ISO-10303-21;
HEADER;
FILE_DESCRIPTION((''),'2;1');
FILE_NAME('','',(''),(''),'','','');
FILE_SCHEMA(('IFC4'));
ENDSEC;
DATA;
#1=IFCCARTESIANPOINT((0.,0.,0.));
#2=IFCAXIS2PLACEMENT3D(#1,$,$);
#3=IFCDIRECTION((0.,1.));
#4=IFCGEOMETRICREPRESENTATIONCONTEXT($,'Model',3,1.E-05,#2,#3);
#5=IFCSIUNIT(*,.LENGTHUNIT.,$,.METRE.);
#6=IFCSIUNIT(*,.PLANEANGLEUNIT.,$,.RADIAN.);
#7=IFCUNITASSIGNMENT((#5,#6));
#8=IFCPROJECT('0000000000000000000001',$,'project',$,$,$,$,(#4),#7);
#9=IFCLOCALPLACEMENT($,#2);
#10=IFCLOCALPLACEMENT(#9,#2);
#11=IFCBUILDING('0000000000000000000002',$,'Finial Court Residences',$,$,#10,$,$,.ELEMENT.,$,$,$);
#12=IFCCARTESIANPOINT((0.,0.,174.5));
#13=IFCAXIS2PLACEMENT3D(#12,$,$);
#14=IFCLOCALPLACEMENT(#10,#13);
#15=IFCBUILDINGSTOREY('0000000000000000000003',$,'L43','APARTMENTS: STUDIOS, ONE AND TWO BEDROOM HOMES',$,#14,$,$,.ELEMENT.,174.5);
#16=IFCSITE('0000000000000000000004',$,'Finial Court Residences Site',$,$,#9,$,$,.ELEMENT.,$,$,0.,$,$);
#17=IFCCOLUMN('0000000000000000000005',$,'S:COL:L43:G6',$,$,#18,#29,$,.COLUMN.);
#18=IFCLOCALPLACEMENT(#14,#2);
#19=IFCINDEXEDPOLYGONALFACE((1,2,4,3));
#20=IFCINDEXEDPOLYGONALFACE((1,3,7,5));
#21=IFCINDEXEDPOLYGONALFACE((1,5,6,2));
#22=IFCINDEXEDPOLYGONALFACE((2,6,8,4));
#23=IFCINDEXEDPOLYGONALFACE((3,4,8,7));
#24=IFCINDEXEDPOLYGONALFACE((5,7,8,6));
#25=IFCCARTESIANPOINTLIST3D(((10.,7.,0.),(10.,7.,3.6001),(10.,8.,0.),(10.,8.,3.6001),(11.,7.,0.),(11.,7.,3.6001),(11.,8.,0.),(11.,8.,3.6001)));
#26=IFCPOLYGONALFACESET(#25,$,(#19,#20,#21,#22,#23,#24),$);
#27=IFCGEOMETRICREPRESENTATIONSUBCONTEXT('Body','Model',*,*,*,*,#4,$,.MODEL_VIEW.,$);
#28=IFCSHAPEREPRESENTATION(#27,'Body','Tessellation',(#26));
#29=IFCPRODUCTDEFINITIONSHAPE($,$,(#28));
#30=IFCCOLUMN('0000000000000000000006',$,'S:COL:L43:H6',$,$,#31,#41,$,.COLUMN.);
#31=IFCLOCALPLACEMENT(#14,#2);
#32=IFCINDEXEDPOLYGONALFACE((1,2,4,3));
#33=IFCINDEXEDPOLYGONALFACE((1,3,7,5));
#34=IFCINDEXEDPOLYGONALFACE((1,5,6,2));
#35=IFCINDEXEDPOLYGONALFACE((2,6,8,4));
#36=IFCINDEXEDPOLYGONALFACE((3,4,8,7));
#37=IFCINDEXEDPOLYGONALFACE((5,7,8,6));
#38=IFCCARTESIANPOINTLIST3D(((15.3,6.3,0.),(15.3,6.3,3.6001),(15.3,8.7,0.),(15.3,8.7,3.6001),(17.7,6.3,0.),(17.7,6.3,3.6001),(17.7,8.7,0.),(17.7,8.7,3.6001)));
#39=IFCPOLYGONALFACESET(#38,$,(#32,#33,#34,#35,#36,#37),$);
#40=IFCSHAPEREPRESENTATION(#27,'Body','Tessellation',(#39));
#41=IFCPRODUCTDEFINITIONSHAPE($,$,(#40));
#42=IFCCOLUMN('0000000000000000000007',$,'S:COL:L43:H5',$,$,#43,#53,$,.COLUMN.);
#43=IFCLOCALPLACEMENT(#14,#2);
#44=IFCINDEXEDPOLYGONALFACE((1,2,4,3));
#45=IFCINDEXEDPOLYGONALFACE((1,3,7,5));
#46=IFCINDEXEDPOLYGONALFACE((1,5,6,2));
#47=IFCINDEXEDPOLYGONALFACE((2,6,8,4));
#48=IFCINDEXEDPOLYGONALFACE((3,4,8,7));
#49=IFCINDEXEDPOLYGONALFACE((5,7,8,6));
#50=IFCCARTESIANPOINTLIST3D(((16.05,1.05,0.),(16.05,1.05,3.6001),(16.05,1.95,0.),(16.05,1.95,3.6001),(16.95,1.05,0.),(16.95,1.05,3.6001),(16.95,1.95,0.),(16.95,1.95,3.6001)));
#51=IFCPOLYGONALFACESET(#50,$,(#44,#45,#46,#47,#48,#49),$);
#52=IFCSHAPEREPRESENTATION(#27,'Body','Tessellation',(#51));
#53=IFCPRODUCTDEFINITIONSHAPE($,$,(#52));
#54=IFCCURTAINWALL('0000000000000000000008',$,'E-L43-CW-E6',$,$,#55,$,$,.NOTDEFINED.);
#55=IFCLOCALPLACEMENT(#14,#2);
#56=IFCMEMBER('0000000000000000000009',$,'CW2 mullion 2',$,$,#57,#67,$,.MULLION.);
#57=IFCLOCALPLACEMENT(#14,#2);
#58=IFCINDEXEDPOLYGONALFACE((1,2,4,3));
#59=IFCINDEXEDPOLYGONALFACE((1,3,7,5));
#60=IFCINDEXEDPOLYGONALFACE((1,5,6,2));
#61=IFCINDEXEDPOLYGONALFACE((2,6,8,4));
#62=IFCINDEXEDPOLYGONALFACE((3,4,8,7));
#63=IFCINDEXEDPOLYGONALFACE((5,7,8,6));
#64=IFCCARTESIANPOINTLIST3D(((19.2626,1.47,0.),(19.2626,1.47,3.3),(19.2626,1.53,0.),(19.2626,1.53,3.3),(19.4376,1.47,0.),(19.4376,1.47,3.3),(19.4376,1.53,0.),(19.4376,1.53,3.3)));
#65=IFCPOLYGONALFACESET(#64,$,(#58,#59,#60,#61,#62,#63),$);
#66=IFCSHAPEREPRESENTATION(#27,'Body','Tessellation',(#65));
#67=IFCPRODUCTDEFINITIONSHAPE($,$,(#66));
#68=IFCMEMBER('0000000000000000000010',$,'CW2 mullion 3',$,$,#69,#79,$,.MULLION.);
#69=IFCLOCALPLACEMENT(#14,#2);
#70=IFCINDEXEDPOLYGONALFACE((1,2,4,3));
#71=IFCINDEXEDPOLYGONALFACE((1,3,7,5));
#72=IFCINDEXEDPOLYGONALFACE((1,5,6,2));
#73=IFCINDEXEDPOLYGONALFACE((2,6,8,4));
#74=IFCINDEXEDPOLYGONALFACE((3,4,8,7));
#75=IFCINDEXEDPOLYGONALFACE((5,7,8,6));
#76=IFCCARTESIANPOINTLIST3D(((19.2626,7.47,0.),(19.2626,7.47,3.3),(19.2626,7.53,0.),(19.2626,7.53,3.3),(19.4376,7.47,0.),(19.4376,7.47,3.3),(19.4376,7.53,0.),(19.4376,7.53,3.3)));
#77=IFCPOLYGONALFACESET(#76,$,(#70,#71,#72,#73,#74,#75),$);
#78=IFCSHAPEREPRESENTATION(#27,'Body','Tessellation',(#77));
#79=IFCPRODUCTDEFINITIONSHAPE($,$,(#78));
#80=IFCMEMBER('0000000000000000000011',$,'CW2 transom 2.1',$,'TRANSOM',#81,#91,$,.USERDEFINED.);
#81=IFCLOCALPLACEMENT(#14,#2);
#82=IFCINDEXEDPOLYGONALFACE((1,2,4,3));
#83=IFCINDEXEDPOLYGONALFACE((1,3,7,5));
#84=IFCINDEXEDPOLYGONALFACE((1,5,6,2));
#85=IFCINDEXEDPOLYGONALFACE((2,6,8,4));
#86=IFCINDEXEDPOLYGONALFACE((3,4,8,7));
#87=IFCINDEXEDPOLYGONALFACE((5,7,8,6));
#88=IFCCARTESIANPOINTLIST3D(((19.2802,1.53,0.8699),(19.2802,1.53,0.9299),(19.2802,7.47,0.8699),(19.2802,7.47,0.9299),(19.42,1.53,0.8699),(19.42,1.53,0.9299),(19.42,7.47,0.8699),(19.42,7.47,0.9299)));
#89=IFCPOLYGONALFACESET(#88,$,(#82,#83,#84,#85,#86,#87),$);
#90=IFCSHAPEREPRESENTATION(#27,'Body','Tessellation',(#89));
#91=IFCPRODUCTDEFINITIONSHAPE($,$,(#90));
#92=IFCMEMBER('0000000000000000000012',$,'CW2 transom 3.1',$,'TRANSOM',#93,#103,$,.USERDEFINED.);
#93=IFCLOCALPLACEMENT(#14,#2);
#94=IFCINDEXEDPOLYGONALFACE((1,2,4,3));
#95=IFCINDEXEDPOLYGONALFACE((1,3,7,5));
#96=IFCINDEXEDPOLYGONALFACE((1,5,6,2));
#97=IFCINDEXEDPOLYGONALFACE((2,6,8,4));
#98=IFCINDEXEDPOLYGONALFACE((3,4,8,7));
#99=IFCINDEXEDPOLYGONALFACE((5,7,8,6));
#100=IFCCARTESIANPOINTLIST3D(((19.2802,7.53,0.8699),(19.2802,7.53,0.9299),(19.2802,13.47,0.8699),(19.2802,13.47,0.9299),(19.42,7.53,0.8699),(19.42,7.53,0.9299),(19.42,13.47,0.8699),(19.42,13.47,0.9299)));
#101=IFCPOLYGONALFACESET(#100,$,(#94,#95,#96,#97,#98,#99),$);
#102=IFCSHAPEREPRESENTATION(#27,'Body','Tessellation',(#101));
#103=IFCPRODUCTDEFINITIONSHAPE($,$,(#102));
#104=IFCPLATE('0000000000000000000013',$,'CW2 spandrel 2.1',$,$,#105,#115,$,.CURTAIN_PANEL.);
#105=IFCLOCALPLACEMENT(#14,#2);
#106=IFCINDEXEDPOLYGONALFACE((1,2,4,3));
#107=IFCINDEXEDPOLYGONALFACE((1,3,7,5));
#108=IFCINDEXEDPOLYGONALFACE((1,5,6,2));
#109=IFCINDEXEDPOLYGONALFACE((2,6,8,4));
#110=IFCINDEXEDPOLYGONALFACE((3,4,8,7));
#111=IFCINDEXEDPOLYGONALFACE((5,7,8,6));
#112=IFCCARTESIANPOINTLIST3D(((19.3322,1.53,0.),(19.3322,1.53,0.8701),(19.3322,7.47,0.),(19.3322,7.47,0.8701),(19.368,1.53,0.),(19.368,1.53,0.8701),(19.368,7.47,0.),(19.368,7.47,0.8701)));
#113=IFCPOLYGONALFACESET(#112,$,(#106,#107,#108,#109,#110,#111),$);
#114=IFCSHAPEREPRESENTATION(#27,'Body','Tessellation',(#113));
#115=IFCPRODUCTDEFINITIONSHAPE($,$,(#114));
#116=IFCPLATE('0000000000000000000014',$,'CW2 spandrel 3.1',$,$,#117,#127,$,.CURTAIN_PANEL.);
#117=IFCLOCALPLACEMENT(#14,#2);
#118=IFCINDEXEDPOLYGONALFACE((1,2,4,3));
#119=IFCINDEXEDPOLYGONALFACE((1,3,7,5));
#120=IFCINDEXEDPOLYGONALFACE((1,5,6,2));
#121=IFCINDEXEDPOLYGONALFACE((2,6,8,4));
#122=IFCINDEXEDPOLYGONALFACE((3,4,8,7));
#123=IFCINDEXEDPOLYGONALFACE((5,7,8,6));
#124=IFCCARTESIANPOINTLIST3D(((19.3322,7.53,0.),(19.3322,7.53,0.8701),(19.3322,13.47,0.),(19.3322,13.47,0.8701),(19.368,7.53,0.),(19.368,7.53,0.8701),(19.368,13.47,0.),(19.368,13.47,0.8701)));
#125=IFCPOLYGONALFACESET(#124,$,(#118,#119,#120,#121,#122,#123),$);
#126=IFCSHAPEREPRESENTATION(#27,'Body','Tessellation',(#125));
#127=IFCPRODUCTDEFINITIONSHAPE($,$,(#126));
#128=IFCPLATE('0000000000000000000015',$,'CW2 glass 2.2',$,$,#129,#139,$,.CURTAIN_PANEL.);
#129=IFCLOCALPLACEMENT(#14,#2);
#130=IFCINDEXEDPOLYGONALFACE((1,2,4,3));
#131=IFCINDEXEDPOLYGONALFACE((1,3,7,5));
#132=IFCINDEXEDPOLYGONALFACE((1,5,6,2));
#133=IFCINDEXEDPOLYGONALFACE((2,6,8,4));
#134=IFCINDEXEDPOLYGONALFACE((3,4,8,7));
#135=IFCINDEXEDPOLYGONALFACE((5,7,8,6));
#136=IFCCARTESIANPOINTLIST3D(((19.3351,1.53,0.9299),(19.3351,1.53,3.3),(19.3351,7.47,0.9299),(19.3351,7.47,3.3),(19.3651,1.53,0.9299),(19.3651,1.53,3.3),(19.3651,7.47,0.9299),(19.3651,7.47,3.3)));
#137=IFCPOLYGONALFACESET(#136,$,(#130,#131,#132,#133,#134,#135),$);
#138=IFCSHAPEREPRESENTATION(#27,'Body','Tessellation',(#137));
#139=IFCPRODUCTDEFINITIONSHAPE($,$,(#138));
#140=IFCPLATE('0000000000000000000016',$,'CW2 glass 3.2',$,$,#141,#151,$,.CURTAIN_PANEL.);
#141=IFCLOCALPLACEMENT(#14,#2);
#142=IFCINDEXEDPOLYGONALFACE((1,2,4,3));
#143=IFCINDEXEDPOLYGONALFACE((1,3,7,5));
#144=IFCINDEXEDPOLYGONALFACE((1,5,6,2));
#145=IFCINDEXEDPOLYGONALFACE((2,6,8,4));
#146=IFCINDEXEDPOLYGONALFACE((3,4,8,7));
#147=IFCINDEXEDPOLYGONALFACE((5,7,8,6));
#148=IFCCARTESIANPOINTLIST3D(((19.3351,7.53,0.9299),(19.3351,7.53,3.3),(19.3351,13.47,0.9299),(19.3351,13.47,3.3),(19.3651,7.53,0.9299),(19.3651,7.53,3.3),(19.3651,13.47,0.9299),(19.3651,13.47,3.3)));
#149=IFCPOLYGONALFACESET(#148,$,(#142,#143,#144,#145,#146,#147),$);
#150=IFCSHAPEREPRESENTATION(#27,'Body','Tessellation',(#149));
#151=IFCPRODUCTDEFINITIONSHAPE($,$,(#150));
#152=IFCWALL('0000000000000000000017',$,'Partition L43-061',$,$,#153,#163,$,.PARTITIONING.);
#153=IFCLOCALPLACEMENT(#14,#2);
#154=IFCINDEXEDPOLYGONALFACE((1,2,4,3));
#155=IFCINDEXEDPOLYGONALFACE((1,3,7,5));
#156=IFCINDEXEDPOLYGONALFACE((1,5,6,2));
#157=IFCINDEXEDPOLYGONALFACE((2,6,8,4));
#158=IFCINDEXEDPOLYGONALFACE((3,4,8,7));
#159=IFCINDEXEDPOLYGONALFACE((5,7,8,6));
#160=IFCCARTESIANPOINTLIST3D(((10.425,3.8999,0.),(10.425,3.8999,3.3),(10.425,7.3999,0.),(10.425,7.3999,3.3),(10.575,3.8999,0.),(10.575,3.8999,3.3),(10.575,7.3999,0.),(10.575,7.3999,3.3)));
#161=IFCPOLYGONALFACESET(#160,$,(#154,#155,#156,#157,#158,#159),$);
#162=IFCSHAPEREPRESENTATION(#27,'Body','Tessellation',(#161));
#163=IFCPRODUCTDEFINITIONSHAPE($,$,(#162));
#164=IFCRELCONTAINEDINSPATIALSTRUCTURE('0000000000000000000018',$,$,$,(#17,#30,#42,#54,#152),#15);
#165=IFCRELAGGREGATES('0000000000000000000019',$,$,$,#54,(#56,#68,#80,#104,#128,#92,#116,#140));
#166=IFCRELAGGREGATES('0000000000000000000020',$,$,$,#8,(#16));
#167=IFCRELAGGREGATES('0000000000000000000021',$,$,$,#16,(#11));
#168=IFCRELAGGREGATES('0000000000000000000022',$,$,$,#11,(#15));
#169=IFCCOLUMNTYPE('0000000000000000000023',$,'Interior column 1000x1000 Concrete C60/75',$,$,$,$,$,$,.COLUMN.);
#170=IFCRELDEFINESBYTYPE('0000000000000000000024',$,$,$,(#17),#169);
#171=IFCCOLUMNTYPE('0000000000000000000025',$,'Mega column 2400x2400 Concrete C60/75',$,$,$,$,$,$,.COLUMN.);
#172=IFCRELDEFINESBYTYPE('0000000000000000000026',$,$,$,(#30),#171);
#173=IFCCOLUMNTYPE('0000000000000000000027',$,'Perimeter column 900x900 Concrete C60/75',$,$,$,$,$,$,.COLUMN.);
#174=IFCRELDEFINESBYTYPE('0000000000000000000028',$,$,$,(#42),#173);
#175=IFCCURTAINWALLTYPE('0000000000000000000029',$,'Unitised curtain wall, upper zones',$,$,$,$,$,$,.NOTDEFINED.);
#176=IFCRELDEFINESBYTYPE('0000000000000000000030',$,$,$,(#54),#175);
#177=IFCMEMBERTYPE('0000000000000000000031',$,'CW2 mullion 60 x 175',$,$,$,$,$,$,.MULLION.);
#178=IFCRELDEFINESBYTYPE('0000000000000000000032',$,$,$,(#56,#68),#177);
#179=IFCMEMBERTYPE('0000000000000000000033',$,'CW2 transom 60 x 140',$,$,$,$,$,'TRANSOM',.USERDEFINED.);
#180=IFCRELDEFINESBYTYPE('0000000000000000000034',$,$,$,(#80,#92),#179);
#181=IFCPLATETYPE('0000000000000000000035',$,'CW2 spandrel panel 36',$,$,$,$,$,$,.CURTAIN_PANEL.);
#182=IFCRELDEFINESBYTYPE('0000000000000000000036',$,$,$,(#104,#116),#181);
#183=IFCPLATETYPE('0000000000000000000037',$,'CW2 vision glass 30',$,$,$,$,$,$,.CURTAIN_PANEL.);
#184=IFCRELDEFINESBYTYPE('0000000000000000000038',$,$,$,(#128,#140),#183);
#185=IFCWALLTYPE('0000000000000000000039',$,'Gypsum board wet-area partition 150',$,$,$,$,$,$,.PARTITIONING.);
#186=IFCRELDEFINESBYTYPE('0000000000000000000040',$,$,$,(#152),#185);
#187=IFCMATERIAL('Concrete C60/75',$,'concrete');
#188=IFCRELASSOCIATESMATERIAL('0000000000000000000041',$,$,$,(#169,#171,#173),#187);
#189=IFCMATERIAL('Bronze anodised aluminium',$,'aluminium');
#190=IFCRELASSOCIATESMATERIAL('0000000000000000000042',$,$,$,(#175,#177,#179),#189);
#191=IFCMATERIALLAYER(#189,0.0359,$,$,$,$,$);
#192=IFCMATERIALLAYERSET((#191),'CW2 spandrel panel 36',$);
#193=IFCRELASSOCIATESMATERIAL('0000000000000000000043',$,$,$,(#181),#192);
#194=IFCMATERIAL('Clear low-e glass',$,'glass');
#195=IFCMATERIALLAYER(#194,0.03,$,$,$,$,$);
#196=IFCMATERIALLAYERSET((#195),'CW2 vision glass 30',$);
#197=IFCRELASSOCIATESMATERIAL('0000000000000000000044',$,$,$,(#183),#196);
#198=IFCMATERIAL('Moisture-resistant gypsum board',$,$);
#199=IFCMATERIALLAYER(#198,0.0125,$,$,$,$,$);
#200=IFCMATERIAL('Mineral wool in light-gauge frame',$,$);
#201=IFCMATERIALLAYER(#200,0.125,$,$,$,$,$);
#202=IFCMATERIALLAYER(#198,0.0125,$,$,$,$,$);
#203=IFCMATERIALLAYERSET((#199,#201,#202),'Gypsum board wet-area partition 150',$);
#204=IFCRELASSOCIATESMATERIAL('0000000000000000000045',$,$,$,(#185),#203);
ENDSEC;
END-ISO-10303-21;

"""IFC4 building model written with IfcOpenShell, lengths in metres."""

from ifc_helpers import new_model, si_unit, direction, frame, frame_2d, origin, origin_2d, place, context, subcontext, project, spatial, rectangle, extrude, material, layer, layer_set, material_profile, profile_set, type_object, element, aggregate, save


model = new_model("IFC4")

# Units and contexts
model_context = context("Model", 3, precision=1e-05, world=origin(), true_north=direction((0.0, 1.0)))
body_context = subcontext(model_context, "Body", "Model", "MODEL_VIEW")
ifc_project = project(units=[si_unit("LENGTHUNIT", "METRE"), si_unit("PLANEANGLEUNIT", "RADIAN")], contexts=[model_context])

# Site, building, storey
site_placement = place(None, origin())
site = spatial("IfcSite", under=ifc_project, at=site_placement, Name="Finial Court Residences Site", CompositionType="ELEMENT", RefElevation=0.0)
building_placement = place(site_placement, origin())
building = spatial("IfcBuilding", under=site, at=building_placement, Name="Finial Court Residences", CompositionType="ELEMENT")
storey_placement = place(building_placement, frame((0.0, 0.0, 174.5)))
storey = spatial("IfcBuildingStorey", under=building, at=storey_placement, Name="L43", Description="APARTMENTS: STUDIOS, ONE AND TWO BEDROOM HOMES", CompositionType="ELEMENT", Elevation=174.5)

# Columns
ifc_material_1 = material(Name="Concrete C60/75", Category="concrete")
ifc_material_profile_1 = material_profile(ifc_material_1, rectangle(XDim=1.0, YDim=1.0, at=origin_2d()), Name="1000x1000")
ifc_profile_set_1 = profile_set([ifc_material_profile_1], Name="Concrete C60/75")
column_type_1 = type_object("IfcColumnType", Name="Interior column 1000x1000 Concrete C60/75", PredefinedType="COLUMN", material=ifc_profile_set_1)
column_1_placement = place(storey_placement, frame((10.5, 7.5, 0.0), z_axis=(0.0, 0.0, 1.0), x_axis=(1.0, 0.0, 0.0)))
element("IfcColumn", 1, at=column_1_placement, inside=storey, type_object=column_type_1, Name="S:COL:L43:G6", PredefinedType="COLUMN", context=body_context, shape_type="SweptSolid", body=[
    extrude(rectangle(XDim=1.0, YDim=1.0, at=origin_2d()), origin(), (0.0, 0.0, 1.0), 3.6001),
])
ifc_material_profile_2 = material_profile(ifc_material_1, rectangle(XDim=2.3999, YDim=2.3999, at=origin_2d()), Name="2400x2400")
ifc_profile_set_2 = profile_set([ifc_material_profile_2], Name="Concrete C60/75")
column_type_2 = type_object("IfcColumnType", Name="Mega column 2400x2400 Concrete C60/75", PredefinedType="COLUMN", material=ifc_profile_set_2)
column_2_placement = place(storey_placement, frame((16.5, 7.5, 0.0), z_axis=(0.0, 0.0, 1.0), x_axis=(1.0, 0.0, 0.0)))
element("IfcColumn", 2, at=column_2_placement, inside=storey, type_object=column_type_2, Name="S:COL:L43:H6", PredefinedType="COLUMN", context=body_context, shape_type="SweptSolid", body=[
    extrude(rectangle(XDim=2.3999, YDim=2.3999, at=origin_2d()), origin(), (0.0, 0.0, 1.0), 3.6001),
])
ifc_material_profile_3 = material_profile(ifc_material_1, rectangle(XDim=0.8999, YDim=0.8999, at=origin_2d()), Name="900x900")
ifc_profile_set_3 = profile_set([ifc_material_profile_3], Name="Concrete C60/75")
column_type_3 = type_object("IfcColumnType", Name="Perimeter column 900x900 Concrete C60/75", PredefinedType="COLUMN", material=ifc_profile_set_3)
column_3_placement = place(storey_placement, frame((16.5, 1.5, 0.0), z_axis=(0.0, 0.0, 1.0), x_axis=(1.0, 0.0, 0.0)))
element("IfcColumn", 3, at=column_3_placement, inside=storey, type_object=column_type_3, Name="S:COL:L43:H5", PredefinedType="COLUMN", context=body_context, shape_type="SweptSolid", body=[
    extrude(rectangle(XDim=0.8999, YDim=0.8999, at=origin_2d()), origin(), (0.0, 0.0, 1.0), 3.6001),
])

# Curtain wall, members, plates
ifc_material_2 = material(Name="Bronze anodised aluminium", Category="aluminium")
curtain_wall_type = type_object("IfcCurtainWallType", Name="Unitised curtain wall, upper zones", PredefinedType="NOTDEFINED", material=ifc_material_2)
curtain_wall_placement = place(storey_placement, origin())
curtain_wall = element("IfcCurtainWall", 4, at=curtain_wall_placement, inside=storey, type_object=curtain_wall_type, Name="E-L43-CW-E6", PredefinedType="NOTDEFINED")
ifc_material_profile_4 = material_profile(ifc_material_2, rectangle(XDim=0.175, YDim=0.0601, at=origin_2d()), Name="CW2 mullion 60 x 175")
ifc_profile_set_4 = profile_set([ifc_material_profile_4], Name="Bronze anodised aluminium")
member_type_1 = type_object("IfcMemberType", Name="CW2 mullion 60 x 175", PredefinedType="MULLION", material=ifc_profile_set_4)
member_1_placement = place(storey_placement, frame((19.3501, 1.5, 0.0), z_axis=(0.0, 0.0, 1.0), x_axis=(-1.0, 0.0, 0.0)))
member_1 = element("IfcMember", 5, at=member_1_placement, type_object=member_type_1, Name="CW2 mullion 2", PredefinedType="MULLION", context=body_context, shape_type="SweptSolid", body=[
    extrude(rectangle(XDim=0.175, YDim=0.0601, at=origin_2d()), origin(), (0.0, 0.0, 1.0), 3.3),
])
member_2_placement = place(storey_placement, frame((19.3501, 7.5, 0.0), z_axis=(0.0, 0.0, 1.0), x_axis=(-1.0, 0.0, 0.0)))
member_2 = element("IfcMember", 6, at=member_2_placement, type_object=member_type_1, Name="CW2 mullion 3", PredefinedType="MULLION", context=body_context, shape_type="SweptSolid", body=[
    extrude(rectangle(XDim=0.175, YDim=0.0601, at=origin_2d()), origin(), (0.0, 0.0, 1.0), 3.3),
])
ifc_material_profile_5 = material_profile(ifc_material_2, rectangle(XDim=0.1399, YDim=0.0601, at=origin_2d()), Name="CW2 transom 60 x 140")
ifc_profile_set_5 = profile_set([ifc_material_profile_5], Name="Bronze anodised aluminium")
member_type_2 = type_object("IfcMemberType", Name="CW2 transom 60 x 140", ElementType="TRANSOM", PredefinedType="USERDEFINED", material=ifc_profile_set_5)
member_3_placement = place(storey_placement, frame((19.3501, 1.53, 0.8999), z_axis=(0.0, 1.0, 0.0), x_axis=(-1.0, 0.0, 0.0)))
member_3 = element("IfcMember", 7, at=member_3_placement, type_object=member_type_2, Name="CW2 transom 2.1", ObjectType="TRANSOM", PredefinedType="USERDEFINED", context=body_context, shape_type="SweptSolid", body=[
    extrude(rectangle(XDim=0.1399, YDim=0.0601, at=origin_2d()), origin(), (0.0, 0.0, 1.0), 5.9399),
])
member_4_placement = place(storey_placement, frame((19.3501, 7.53, 0.8999), z_axis=(0.0, 1.0, 0.0), x_axis=(-1.0, 0.0, 0.0)))
member_4 = element("IfcMember", 8, at=member_4_placement, type_object=member_type_2, Name="CW2 transom 3.1", ObjectType="TRANSOM", PredefinedType="USERDEFINED", context=body_context, shape_type="SweptSolid", body=[
    extrude(rectangle(XDim=0.1399, YDim=0.0601, at=origin_2d()), origin(), (0.0, 0.0, 1.0), 5.9399),
])
ifc_layer_1 = layer(ifc_material_2, 0.0359)
ifc_layer_set_1 = layer_set([ifc_layer_1], Name="CW2 spandrel panel 36")
plate_type_1 = type_object("IfcPlateType", Name="CW2 spandrel panel 36", PredefinedType="CURTAIN_PANEL", material=ifc_layer_set_1)
plate_1_placement = place(storey_placement, frame((19.3501, 4.5, 0.0), z_axis=(0.0, 0.0, 1.0), x_axis=(0.0, 1.0, 0.0)))
plate_1 = element("IfcPlate", 9, at=plate_1_placement, type_object=plate_type_1, Name="CW2 spandrel 2.1", PredefinedType="CURTAIN_PANEL", context=body_context, shape_type="SweptSolid", body=[
    extrude(rectangle(XDim=5.9399, YDim=0.0359, at=origin_2d()), origin(), (0.0, 0.0, 1.0), 0.8701),
])
plate_2_placement = place(storey_placement, frame((19.3501, 10.5, 0.0), z_axis=(0.0, 0.0, 1.0), x_axis=(0.0, 1.0, 0.0)))
plate_2 = element("IfcPlate", 10, at=plate_2_placement, type_object=plate_type_1, Name="CW2 spandrel 3.1", PredefinedType="CURTAIN_PANEL", context=body_context, shape_type="SweptSolid", body=[
    extrude(rectangle(XDim=5.9399, YDim=0.0359, at=origin_2d()), origin(), (0.0, 0.0, 1.0), 0.8701),
])
ifc_material_3 = material(Name="Clear low-e glass", Category="glass")
ifc_layer_2 = layer(ifc_material_3, 0.03)
ifc_layer_set_2 = layer_set([ifc_layer_2], Name="CW2 vision glass 30")
plate_type_2 = type_object("IfcPlateType", Name="CW2 vision glass 30", PredefinedType="CURTAIN_PANEL", material=ifc_layer_set_2)
plate_3_placement = place(storey_placement, frame((19.3501, 4.5, 0.9299), z_axis=(0.0, 0.0, 1.0), x_axis=(0.0, 1.0, 0.0)))
plate_3 = element("IfcPlate", 11, at=plate_3_placement, type_object=plate_type_2, Name="CW2 glass 2.2", PredefinedType="CURTAIN_PANEL", context=body_context, shape_type="SweptSolid", body=[
    extrude(rectangle(XDim=5.9399, YDim=0.03, at=origin_2d()), origin(), (0.0, 0.0, 1.0), 2.3701),
])
plate_4_placement = place(storey_placement, frame((19.3501, 10.5, 0.9299), z_axis=(0.0, 0.0, 1.0), x_axis=(0.0, 1.0, 0.0)))
plate_4 = element("IfcPlate", 12, at=plate_4_placement, type_object=plate_type_2, Name="CW2 glass 3.2", PredefinedType="CURTAIN_PANEL", context=body_context, shape_type="SweptSolid", body=[
    extrude(rectangle(XDim=5.9399, YDim=0.03, at=origin_2d()), origin(), (0.0, 0.0, 1.0), 2.3701),
])
aggregate(curtain_wall, [member_1, member_2, member_3, plate_1, plate_3, member_4, plate_2, plate_4])

# Wall
ifc_material_4 = material(Name="Moisture-resistant gypsum board")
ifc_layer_3 = layer(ifc_material_4, 0.0125)
ifc_material_5 = material(Name="Mineral wool in light-gauge frame")
ifc_layer_4 = layer(ifc_material_5, 0.125)
ifc_layer_5 = layer(ifc_material_4, 0.0125)
ifc_layer_set_3 = layer_set([ifc_layer_3, ifc_layer_4, ifc_layer_5], Name="Gypsum board wet-area partition 150")
wall_type_1 = type_object("IfcWallType", Name="Gypsum board wet-area partition 150", PredefinedType="PARTITIONING", material=ifc_layer_set_3)
wall_1_placement = place(storey_placement, frame((10.5, 3.8999, 0.0), z_axis=(0.0, 0.0, 1.0), x_axis=(0.0, 1.0, 0.0)))
element("IfcWall", 13, at=wall_1_placement, inside=storey, type_object=wall_type_1, Name="Partition L43-061", PredefinedType="PARTITIONING", context=body_context, shape_type="SweptSolid", body=[
    extrude(rectangle(XDim=3.5, YDim=0.1499, at=frame_2d((1.75, 0.0))), origin(), (0.0, 0.0, 1.0), 3.3),
])

save(model, "model.ifc")
